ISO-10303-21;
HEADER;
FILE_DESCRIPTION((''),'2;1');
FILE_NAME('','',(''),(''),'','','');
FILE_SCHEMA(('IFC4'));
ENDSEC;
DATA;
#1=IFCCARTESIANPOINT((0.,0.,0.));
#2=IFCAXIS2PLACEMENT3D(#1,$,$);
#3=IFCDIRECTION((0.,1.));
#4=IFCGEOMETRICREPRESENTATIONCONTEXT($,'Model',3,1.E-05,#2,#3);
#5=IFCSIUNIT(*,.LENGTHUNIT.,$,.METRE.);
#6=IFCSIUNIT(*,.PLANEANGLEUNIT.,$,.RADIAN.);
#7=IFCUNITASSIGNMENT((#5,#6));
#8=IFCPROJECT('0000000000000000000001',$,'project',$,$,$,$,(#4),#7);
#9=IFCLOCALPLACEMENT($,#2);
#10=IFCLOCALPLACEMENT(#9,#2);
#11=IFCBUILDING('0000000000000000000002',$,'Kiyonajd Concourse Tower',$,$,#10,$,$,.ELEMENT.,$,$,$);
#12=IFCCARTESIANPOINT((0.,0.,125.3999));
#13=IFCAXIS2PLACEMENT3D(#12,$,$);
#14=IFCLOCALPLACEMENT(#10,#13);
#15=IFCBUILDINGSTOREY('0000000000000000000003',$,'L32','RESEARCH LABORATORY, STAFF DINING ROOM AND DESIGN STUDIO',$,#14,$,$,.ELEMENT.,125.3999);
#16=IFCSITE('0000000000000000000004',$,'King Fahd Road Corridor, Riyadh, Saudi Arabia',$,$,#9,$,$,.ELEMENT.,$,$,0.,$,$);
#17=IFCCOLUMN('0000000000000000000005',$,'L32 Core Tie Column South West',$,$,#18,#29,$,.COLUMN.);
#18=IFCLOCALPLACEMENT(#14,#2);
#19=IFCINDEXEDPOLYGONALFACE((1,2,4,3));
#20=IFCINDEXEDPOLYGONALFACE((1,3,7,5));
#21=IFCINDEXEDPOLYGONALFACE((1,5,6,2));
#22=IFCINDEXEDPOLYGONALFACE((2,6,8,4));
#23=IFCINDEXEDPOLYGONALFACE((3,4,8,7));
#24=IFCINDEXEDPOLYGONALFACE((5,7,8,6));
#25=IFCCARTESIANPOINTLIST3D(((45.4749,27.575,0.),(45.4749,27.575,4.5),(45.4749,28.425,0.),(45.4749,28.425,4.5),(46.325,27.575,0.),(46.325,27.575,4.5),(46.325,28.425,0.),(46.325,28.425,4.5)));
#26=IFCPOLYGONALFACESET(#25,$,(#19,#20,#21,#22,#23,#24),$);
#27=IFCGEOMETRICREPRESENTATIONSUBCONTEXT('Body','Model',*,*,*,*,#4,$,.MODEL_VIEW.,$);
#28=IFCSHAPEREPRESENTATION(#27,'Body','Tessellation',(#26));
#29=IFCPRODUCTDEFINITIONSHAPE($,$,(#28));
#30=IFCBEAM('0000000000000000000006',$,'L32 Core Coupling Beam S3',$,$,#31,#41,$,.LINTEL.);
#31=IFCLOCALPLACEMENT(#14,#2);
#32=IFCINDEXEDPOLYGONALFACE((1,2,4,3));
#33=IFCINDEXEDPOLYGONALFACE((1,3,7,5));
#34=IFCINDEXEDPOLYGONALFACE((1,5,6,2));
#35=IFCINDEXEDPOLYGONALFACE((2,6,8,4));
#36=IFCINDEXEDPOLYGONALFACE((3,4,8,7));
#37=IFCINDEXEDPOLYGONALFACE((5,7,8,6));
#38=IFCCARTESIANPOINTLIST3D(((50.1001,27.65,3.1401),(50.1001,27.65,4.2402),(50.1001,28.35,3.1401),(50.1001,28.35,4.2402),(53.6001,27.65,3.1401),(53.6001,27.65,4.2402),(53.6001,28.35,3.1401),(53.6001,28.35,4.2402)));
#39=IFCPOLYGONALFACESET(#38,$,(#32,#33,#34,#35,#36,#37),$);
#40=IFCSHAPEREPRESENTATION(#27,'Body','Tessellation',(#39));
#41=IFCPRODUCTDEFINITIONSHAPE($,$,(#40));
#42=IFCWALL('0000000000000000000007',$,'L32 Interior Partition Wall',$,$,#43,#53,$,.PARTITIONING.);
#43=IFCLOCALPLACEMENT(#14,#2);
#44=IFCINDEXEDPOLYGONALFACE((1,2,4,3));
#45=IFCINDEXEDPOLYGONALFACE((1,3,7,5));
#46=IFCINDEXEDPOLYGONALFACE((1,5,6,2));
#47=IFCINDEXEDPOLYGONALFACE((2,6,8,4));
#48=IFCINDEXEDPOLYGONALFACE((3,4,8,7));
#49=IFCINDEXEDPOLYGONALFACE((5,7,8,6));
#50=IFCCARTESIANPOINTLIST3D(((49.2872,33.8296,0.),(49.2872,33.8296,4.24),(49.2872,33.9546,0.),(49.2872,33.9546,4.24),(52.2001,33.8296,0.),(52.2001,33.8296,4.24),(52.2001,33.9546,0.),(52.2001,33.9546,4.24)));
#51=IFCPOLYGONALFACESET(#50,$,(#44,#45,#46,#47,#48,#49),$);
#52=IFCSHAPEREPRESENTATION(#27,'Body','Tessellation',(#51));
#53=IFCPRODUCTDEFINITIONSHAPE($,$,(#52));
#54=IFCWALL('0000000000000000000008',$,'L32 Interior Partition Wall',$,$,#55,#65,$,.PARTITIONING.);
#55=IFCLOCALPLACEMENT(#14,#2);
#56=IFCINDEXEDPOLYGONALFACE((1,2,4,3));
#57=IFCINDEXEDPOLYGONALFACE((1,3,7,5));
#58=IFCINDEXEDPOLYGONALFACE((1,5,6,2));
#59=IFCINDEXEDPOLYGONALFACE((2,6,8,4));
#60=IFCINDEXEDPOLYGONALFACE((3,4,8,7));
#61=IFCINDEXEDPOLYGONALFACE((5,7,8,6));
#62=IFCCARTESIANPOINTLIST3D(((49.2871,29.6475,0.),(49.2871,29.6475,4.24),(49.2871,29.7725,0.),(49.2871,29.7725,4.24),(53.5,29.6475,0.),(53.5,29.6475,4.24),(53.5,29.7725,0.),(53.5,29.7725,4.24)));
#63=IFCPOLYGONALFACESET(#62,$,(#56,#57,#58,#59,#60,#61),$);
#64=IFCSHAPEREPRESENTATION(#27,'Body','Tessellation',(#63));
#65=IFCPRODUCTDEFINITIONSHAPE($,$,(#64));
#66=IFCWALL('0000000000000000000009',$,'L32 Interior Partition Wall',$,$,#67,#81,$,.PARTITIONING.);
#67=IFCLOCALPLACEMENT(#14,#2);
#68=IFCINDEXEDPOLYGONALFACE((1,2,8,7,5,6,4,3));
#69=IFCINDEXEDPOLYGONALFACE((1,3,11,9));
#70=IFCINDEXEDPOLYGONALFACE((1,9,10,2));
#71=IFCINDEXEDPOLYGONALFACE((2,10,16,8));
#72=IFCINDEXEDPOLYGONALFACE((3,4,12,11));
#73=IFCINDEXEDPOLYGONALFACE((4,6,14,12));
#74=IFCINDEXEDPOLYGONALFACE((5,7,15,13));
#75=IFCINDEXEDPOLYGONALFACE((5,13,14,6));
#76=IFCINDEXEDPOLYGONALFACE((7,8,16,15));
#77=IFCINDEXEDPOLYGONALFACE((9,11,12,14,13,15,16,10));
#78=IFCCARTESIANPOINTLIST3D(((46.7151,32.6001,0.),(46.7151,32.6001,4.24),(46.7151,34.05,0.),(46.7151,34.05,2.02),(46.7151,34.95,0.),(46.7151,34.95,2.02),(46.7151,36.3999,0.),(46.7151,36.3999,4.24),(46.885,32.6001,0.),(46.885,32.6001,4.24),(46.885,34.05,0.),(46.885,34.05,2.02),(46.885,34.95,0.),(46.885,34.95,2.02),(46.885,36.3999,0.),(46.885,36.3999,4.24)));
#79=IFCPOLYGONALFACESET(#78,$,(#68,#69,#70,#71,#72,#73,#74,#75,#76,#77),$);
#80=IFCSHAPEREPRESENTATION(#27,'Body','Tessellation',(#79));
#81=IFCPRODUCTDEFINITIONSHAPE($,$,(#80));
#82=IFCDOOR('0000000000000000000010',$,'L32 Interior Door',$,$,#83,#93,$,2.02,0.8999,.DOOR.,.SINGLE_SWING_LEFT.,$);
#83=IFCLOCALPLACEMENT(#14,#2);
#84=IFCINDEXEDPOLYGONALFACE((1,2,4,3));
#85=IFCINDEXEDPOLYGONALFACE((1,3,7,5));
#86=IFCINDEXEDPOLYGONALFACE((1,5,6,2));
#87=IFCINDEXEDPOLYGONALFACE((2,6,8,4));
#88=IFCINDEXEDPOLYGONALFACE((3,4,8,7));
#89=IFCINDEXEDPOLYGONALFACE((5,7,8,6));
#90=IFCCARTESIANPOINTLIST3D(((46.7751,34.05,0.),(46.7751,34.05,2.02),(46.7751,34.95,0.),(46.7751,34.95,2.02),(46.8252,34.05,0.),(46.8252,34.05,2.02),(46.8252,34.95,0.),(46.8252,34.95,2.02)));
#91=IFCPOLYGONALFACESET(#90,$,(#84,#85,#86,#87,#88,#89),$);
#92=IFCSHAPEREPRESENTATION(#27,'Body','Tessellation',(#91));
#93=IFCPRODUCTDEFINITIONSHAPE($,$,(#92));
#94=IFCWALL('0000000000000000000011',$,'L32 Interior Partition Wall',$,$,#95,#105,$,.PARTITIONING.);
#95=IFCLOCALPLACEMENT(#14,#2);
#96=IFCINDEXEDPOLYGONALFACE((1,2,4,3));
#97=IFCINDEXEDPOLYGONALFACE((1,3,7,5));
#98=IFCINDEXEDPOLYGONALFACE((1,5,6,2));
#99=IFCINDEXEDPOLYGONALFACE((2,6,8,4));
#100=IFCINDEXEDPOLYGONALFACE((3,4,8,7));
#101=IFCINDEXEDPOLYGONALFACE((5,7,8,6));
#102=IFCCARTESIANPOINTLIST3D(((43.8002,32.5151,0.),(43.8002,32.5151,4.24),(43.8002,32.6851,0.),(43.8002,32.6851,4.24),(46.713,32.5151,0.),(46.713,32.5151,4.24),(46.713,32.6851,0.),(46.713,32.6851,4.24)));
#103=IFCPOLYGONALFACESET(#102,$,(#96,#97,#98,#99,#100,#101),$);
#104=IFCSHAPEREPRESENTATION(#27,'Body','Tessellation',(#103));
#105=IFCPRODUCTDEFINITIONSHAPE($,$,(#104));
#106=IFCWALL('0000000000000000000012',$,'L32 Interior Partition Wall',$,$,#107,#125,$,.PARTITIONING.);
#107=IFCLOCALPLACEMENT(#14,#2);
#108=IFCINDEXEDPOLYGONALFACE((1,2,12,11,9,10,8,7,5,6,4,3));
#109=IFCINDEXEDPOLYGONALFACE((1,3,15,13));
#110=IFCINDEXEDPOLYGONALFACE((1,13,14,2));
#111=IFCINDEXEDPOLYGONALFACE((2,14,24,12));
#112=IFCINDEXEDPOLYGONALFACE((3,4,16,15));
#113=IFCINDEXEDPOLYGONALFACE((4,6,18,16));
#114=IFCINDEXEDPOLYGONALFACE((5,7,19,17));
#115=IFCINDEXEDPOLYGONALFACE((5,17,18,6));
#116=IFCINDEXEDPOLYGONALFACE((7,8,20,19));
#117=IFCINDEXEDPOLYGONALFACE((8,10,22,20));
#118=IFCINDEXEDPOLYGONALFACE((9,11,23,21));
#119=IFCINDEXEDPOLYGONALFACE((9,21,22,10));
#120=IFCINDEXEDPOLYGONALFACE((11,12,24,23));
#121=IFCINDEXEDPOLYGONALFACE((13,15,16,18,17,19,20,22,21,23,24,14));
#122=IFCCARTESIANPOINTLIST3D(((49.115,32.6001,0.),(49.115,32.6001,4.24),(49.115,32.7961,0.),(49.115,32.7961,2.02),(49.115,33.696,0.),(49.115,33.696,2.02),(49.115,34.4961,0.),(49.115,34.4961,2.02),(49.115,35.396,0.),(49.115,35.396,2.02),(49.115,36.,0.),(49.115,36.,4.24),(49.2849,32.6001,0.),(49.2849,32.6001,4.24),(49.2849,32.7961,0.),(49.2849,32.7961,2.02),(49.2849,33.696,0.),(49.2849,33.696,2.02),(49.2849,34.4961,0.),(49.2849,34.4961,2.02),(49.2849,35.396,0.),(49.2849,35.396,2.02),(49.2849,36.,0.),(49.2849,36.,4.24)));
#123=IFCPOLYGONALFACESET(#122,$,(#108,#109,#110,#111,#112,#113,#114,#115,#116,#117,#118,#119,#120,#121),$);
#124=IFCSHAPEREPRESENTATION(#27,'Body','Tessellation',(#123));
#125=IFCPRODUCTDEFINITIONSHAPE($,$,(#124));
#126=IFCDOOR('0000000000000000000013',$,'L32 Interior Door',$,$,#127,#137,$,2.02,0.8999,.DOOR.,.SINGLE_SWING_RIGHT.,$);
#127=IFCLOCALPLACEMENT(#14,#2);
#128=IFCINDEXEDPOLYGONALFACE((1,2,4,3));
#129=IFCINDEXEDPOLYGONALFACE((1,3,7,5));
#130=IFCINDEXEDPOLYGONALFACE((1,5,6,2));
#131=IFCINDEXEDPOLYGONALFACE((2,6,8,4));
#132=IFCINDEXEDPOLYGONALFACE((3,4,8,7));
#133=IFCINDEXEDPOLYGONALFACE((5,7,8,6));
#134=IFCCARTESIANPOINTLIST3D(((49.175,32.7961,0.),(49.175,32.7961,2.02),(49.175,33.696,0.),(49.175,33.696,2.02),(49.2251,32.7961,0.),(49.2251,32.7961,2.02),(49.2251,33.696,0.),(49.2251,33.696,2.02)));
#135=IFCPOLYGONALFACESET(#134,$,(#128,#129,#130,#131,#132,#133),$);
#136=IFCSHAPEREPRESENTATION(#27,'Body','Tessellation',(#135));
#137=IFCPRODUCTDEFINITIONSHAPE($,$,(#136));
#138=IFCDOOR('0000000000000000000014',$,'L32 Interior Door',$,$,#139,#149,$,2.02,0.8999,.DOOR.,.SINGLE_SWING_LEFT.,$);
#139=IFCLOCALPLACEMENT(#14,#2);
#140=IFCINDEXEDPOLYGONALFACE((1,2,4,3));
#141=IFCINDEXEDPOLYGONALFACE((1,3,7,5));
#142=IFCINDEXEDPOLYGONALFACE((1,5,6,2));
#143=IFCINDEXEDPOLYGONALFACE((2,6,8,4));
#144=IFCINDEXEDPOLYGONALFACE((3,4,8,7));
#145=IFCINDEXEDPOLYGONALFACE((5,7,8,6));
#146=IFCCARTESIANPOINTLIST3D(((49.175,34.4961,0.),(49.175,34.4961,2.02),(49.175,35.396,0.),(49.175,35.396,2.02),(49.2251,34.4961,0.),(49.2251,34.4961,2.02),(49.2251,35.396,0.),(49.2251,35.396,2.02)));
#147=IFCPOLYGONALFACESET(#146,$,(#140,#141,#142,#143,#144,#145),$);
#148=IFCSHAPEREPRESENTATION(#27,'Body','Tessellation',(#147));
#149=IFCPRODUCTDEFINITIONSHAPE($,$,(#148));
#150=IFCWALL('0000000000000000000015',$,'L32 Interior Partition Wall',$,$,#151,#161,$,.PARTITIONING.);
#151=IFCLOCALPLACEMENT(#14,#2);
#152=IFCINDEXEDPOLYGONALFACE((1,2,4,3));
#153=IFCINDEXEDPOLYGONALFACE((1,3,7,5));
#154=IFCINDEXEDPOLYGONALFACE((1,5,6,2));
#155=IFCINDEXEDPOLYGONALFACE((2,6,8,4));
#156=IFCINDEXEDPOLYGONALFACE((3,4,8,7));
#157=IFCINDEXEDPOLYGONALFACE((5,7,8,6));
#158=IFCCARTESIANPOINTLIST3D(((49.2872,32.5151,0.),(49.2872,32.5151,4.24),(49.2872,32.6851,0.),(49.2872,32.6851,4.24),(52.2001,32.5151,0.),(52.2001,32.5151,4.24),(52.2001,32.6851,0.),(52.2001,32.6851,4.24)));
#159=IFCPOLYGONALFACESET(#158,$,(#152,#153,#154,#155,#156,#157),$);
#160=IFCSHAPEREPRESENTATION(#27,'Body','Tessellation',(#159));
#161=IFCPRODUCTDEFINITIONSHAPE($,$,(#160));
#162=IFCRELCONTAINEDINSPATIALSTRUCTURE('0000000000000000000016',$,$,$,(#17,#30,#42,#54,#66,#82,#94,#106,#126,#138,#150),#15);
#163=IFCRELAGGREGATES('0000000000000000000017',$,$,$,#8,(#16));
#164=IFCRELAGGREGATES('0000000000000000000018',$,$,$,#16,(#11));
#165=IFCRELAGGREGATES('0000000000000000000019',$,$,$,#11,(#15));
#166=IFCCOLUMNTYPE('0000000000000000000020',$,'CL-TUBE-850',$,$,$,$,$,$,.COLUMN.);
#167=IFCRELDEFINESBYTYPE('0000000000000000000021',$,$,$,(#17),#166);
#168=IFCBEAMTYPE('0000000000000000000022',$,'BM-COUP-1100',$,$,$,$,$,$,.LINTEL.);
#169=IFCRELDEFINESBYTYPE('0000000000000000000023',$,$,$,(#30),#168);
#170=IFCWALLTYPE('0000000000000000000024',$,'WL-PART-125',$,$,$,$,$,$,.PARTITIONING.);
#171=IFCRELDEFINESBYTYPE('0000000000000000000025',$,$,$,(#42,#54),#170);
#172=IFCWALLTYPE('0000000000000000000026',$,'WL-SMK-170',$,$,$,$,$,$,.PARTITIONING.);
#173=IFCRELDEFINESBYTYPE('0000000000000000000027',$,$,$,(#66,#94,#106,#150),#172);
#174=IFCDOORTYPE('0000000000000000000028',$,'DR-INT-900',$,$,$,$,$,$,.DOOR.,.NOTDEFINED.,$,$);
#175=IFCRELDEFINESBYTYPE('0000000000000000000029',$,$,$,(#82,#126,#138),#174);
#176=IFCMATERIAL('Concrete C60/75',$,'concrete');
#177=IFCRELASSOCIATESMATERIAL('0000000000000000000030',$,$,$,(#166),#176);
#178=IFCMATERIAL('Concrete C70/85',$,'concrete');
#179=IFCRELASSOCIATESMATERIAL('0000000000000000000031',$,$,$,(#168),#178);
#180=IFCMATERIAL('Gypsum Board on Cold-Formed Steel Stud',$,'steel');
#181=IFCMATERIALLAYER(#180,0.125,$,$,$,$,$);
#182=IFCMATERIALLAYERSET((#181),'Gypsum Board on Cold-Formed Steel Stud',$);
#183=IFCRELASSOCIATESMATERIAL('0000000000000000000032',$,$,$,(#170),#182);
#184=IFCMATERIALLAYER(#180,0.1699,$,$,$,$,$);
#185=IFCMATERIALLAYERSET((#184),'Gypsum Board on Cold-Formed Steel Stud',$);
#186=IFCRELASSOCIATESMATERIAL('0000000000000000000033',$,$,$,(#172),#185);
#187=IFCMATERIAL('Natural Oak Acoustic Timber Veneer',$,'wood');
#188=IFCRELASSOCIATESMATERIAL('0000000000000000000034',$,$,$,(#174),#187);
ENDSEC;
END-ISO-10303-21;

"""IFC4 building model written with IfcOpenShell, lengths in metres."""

from ifc_helpers import new_model, si_unit, direction, frame, frame_2d, origin, origin_2d, place, context, subcontext, project, spatial, rectangle, extrude, material, layer, layer_set, material_profile, profile_set, type_object, element, fill, save


model = new_model("IFC4")

# Units and contexts
model_context = context("Model", 3, precision=1e-05, world=origin(), true_north=direction((0.0, 1.0)))
body_context = subcontext(model_context, "Body", "Model", "MODEL_VIEW")
ifc_project = project(units=[si_unit("LENGTHUNIT", "METRE"), si_unit("PLANEANGLEUNIT", "RADIAN")], contexts=[model_context])

# Site, building, storey
site_placement = place(None, origin())
site = spatial("IfcSite", under=ifc_project, at=site_placement, Name="King Fahd Road Corridor, Riyadh, Saudi Arabia", CompositionType="ELEMENT", RefElevation=0.0)
building_placement = place(site_placement, origin())
building = spatial("IfcBuilding", under=site, at=building_placement, Name="Kiyonajd Concourse Tower", CompositionType="ELEMENT")
storey_placement = place(building_placement, frame((0.0, 0.0, 125.3999)))
storey = spatial("IfcBuildingStorey", under=building, at=storey_placement, Name="L32", Description="RESEARCH LABORATORY, STAFF DINING ROOM AND DESIGN STUDIO", CompositionType="ELEMENT", Elevation=125.3999)

# Column
ifc_material_1 = material(Name="Concrete C60/75", Category="concrete")
ifc_material_profile_1 = material_profile(ifc_material_1, rectangle(XDim=0.8501, YDim=0.8501, at=origin_2d()), Name="RC-850x850")
ifc_profile_set_1 = profile_set([ifc_material_profile_1], Name="Concrete C60/75")
column_type = type_object("IfcColumnType", Name="CL-TUBE-850", PredefinedType="COLUMN", material=ifc_profile_set_1)
column_placement = place(storey_placement, frame((45.8999, 28.0, 0.0), z_axis=(0.0, 0.0, 1.0), x_axis=(1.0, 0.0, 0.0)))
element("IfcColumn", 1, at=column_placement, inside=storey, type_object=column_type, Name="L32 Core Tie Column South West", PredefinedType="COLUMN", context=body_context, shape_type="SweptSolid", body=[
    extrude(rectangle(XDim=0.8501, YDim=0.8501, at=origin_2d()), origin(), (0.0, 0.0, 1.0), 4.5),
])

# Beam
ifc_material_2 = material(Name="Concrete C70/85", Category="concrete")
ifc_material_profile_2 = material_profile(ifc_material_2, rectangle(XDim=0.7, YDim=1.1001, at=origin_2d()), Name="RCBM-700x1100")
ifc_profile_set_2 = profile_set([ifc_material_profile_2], Name="Concrete C70/85")
beam_type = type_object("IfcBeamType", Name="BM-COUP-1100", PredefinedType="LINTEL", material=ifc_profile_set_2)
beam_placement = place(storey_placement, frame((50.1001, 28.0, 3.6902), z_axis=(1.0, 0.0, 0.0), x_axis=(0.0, 1.0, 0.0)))
element("IfcBeam", 2, at=beam_placement, inside=storey, type_object=beam_type, Name="L32 Core Coupling Beam S3", PredefinedType="LINTEL", context=body_context, shape_type="SweptSolid", body=[
    extrude(rectangle(XDim=0.7, YDim=1.1001, at=origin_2d()), origin(), (0.0, 0.0, 1.0), 3.5),
])

# Walls
ifc_material_3 = material(Name="Gypsum Board on Cold-Formed Steel Stud", Category="steel")
ifc_layer_1 = layer(ifc_material_3, 0.125)
ifc_layer_set_1 = layer_set([ifc_layer_1], Name="Gypsum Board on Cold-Formed Steel Stud")
wall_type_1 = type_object("IfcWallType", Name="WL-PART-125", PredefinedType="PARTITIONING", material=ifc_layer_set_1)
wall_1_placement = place(storey_placement, frame((49.2871, 33.8921, 0.0), z_axis=(0.0, 0.0, 1.0), x_axis=(1.0, 0.0, 0.0)))
element("IfcWall", 3, at=wall_1_placement, inside=storey, type_object=wall_type_1, Name="L32 Interior Partition Wall", PredefinedType="PARTITIONING", context=body_context, shape_type="SweptSolid", body=[
    extrude(rectangle(XDim=2.9128, YDim=0.125, at=frame_2d((1.4565, 0.0))), origin(), (0.0, 0.0, 1.0), 4.24),
])
wall_2_placement = place(storey_placement, frame((49.2871, 29.71, 0.0), z_axis=(0.0, 0.0, 1.0), x_axis=(1.0, 0.0, 0.0)))
element("IfcWall", 4, at=wall_2_placement, inside=storey, type_object=wall_type_1, Name="L32 Interior Partition Wall", PredefinedType="PARTITIONING", context=body_context, shape_type="SweptSolid", body=[
    extrude(rectangle(XDim=4.2129, YDim=0.125, at=frame_2d((2.1064, 0.0))), origin(), (0.0, 0.0, 1.0), 4.24),
])

# Wall, opening, door
ifc_layer_2 = layer(ifc_material_3, 0.1699)
ifc_layer_set_2 = layer_set([ifc_layer_2], Name="Gypsum Board on Cold-Formed Steel Stud")
wall_type_2 = type_object("IfcWallType", Name="WL-SMK-170", PredefinedType="PARTITIONING", material=ifc_layer_set_2)
wall_3_placement = place(storey_placement, frame((46.8, 32.6001, 0.0), z_axis=(0.0, 0.0, 1.0), x_axis=(0.0, 1.0, 0.0)))
wall_3 = element("IfcWall", 5, at=wall_3_placement, inside=storey, type_object=wall_type_2, Name="L32 Interior Partition Wall", PredefinedType="PARTITIONING", context=body_context, shape_type="SweptSolid", body=[
    extrude(rectangle(XDim=3.7998, YDim=0.1699, at=frame_2d((1.8999, 0.0))), origin(), (0.0, 0.0, 1.0), 4.24),
])
opening_1_placement = place(wall_3_placement, frame((1.45, 0.0, 0.0)))
opening_1 = element("IfcOpeningElement", 6, at=opening_1_placement, cuts=wall_3, PredefinedType="OPENING", context=body_context, shape_type="SweptSolid", body=[
    extrude(rectangle(XDim=0.8999, YDim=2.02, at=frame_2d((0.45, 1.01))), frame((0.0, 0.095, 0.0), z_axis=(0.0, -1.0, 0.0), x_axis=(1.0, 0.0, 0.0)), (0.0, 0.0, 1.0), 0.1899),
])
ifc_material_4 = material(Name="Natural Oak Acoustic Timber Veneer", Category="wood")
door_type = type_object("IfcDoorType", Name="DR-INT-900", OperationType="NOTDEFINED", PredefinedType="DOOR", material=ifc_material_4)
door_1_placement = place(opening_1_placement, origin())
door_1 = element("IfcDoor", 7, at=door_1_placement, inside=storey, type_object=door_type, Name="L32 Interior Door", OperationType="SINGLE_SWING_LEFT", OverallHeight=2.02, OverallWidth=0.8999, PredefinedType="DOOR", context=body_context, shape_type="SweptSolid", body=[
    extrude(rectangle(XDim=0.8999, YDim=2.02, at=frame_2d((0.45, 1.01))), frame((0.0, 0.0249, 0.0), z_axis=(0.0, -1.0, 0.0), x_axis=(1.0, 0.0, 0.0)), (0.0, 0.0, 1.0), 0.05),
])
fill(opening_1, door_1)

# Wall
wall_4_placement = place(storey_placement, frame((43.8, 32.6001, 0.0), z_axis=(0.0, 0.0, 1.0), x_axis=(1.0, 0.0, 0.0)))
element("IfcWall", 8, at=wall_4_placement, inside=storey, type_object=wall_type_2, Name="L32 Interior Partition Wall", PredefinedType="PARTITIONING", context=body_context, shape_type="SweptSolid", body=[
    extrude(rectangle(XDim=2.9128, YDim=0.1699, at=frame_2d((1.4565, 0.0))), origin(), (0.0, 0.0, 1.0), 4.24),
])

# Wall, openings, doors
wall_5_placement = place(storey_placement, frame((49.2, 32.6001, 0.0), z_axis=(0.0, 0.0, 1.0), x_axis=(0.0, 1.0, 0.0)))
wall_5 = element("IfcWall", 9, at=wall_5_placement, inside=storey, type_object=wall_type_2, Name="L32 Interior Partition Wall", PredefinedType="PARTITIONING", context=body_context, shape_type="SweptSolid", body=[
    extrude(rectangle(XDim=3.3999, YDim=0.1699, at=frame_2d((1.7, 0.0))), origin(), (0.0, 0.0, 1.0), 4.24),
])
opening_2_placement = place(wall_5_placement, frame((0.196, 0.0, 0.0)))
opening_2 = element("IfcOpeningElement", 10, at=opening_2_placement, cuts=wall_5, PredefinedType="OPENING", context=body_context, shape_type="SweptSolid", body=[
    extrude(rectangle(XDim=0.8999, YDim=2.02, at=frame_2d((0.45, 1.01))), frame((0.0, 0.095, 0.0), z_axis=(0.0, -1.0, 0.0), x_axis=(1.0, 0.0, 0.0)), (0.0, 0.0, 1.0), 0.1899),
])
opening_3_placement = place(wall_5_placement, frame((1.896, 0.0, 0.0)))
opening_3 = element("IfcOpeningElement", 11, at=opening_3_placement, cuts=wall_5, PredefinedType="OPENING", context=body_context, shape_type="SweptSolid", body=[
    extrude(rectangle(XDim=0.8999, YDim=2.02, at=frame_2d((0.45, 1.01))), frame((0.0, 0.095, 0.0), z_axis=(0.0, -1.0, 0.0), x_axis=(1.0, 0.0, 0.0)), (0.0, 0.0, 1.0), 0.1899),
])
door_2_placement = place(opening_2_placement, origin())
door_2 = element("IfcDoor", 12, at=door_2_placement, inside=storey, type_object=door_type, Name="L32 Interior Door", OperationType="SINGLE_SWING_RIGHT", OverallHeight=2.02, OverallWidth=0.8999, PredefinedType="DOOR", context=body_context, shape_type="SweptSolid", body=[
    extrude(rectangle(XDim=0.8999, YDim=2.02, at=frame_2d((0.45, 1.01))), frame((0.0, 0.0249, 0.0), z_axis=(0.0, -1.0, 0.0), x_axis=(1.0, 0.0, 0.0)), (0.0, 0.0, 1.0), 0.05),
])
fill(opening_2, door_2)
door_3_placement = place(opening_3_placement, origin())
door_3 = element("IfcDoor", 13, at=door_3_placement, inside=storey, type_object=door_type, Name="L32 Interior Door", OperationType="SINGLE_SWING_LEFT", OverallHeight=2.02, OverallWidth=0.8999, PredefinedType="DOOR", context=body_context, shape_type="SweptSolid", body=[
    extrude(rectangle(XDim=0.8999, YDim=2.02, at=frame_2d((0.45, 1.01))), frame((0.0, 0.0249, 0.0), z_axis=(0.0, -1.0, 0.0), x_axis=(1.0, 0.0, 0.0)), (0.0, 0.0, 1.0), 0.05),
])
fill(opening_3, door_3)

# Wall
wall_6_placement = place(storey_placement, frame((49.2871, 32.6001, 0.0), z_axis=(0.0, 0.0, 1.0), x_axis=(1.0, 0.0, 0.0)))
element("IfcWall", 14, at=wall_6_placement, inside=storey, type_object=wall_type_2, Name="L32 Interior Partition Wall", PredefinedType="PARTITIONING", context=body_context, shape_type="SweptSolid", body=[
    extrude(rectangle(XDim=2.9128, YDim=0.1699, at=frame_2d((1.4565, 0.0))), origin(), (0.0, 0.0, 1.0), 4.24),
])

save(model, "model.ifc")
